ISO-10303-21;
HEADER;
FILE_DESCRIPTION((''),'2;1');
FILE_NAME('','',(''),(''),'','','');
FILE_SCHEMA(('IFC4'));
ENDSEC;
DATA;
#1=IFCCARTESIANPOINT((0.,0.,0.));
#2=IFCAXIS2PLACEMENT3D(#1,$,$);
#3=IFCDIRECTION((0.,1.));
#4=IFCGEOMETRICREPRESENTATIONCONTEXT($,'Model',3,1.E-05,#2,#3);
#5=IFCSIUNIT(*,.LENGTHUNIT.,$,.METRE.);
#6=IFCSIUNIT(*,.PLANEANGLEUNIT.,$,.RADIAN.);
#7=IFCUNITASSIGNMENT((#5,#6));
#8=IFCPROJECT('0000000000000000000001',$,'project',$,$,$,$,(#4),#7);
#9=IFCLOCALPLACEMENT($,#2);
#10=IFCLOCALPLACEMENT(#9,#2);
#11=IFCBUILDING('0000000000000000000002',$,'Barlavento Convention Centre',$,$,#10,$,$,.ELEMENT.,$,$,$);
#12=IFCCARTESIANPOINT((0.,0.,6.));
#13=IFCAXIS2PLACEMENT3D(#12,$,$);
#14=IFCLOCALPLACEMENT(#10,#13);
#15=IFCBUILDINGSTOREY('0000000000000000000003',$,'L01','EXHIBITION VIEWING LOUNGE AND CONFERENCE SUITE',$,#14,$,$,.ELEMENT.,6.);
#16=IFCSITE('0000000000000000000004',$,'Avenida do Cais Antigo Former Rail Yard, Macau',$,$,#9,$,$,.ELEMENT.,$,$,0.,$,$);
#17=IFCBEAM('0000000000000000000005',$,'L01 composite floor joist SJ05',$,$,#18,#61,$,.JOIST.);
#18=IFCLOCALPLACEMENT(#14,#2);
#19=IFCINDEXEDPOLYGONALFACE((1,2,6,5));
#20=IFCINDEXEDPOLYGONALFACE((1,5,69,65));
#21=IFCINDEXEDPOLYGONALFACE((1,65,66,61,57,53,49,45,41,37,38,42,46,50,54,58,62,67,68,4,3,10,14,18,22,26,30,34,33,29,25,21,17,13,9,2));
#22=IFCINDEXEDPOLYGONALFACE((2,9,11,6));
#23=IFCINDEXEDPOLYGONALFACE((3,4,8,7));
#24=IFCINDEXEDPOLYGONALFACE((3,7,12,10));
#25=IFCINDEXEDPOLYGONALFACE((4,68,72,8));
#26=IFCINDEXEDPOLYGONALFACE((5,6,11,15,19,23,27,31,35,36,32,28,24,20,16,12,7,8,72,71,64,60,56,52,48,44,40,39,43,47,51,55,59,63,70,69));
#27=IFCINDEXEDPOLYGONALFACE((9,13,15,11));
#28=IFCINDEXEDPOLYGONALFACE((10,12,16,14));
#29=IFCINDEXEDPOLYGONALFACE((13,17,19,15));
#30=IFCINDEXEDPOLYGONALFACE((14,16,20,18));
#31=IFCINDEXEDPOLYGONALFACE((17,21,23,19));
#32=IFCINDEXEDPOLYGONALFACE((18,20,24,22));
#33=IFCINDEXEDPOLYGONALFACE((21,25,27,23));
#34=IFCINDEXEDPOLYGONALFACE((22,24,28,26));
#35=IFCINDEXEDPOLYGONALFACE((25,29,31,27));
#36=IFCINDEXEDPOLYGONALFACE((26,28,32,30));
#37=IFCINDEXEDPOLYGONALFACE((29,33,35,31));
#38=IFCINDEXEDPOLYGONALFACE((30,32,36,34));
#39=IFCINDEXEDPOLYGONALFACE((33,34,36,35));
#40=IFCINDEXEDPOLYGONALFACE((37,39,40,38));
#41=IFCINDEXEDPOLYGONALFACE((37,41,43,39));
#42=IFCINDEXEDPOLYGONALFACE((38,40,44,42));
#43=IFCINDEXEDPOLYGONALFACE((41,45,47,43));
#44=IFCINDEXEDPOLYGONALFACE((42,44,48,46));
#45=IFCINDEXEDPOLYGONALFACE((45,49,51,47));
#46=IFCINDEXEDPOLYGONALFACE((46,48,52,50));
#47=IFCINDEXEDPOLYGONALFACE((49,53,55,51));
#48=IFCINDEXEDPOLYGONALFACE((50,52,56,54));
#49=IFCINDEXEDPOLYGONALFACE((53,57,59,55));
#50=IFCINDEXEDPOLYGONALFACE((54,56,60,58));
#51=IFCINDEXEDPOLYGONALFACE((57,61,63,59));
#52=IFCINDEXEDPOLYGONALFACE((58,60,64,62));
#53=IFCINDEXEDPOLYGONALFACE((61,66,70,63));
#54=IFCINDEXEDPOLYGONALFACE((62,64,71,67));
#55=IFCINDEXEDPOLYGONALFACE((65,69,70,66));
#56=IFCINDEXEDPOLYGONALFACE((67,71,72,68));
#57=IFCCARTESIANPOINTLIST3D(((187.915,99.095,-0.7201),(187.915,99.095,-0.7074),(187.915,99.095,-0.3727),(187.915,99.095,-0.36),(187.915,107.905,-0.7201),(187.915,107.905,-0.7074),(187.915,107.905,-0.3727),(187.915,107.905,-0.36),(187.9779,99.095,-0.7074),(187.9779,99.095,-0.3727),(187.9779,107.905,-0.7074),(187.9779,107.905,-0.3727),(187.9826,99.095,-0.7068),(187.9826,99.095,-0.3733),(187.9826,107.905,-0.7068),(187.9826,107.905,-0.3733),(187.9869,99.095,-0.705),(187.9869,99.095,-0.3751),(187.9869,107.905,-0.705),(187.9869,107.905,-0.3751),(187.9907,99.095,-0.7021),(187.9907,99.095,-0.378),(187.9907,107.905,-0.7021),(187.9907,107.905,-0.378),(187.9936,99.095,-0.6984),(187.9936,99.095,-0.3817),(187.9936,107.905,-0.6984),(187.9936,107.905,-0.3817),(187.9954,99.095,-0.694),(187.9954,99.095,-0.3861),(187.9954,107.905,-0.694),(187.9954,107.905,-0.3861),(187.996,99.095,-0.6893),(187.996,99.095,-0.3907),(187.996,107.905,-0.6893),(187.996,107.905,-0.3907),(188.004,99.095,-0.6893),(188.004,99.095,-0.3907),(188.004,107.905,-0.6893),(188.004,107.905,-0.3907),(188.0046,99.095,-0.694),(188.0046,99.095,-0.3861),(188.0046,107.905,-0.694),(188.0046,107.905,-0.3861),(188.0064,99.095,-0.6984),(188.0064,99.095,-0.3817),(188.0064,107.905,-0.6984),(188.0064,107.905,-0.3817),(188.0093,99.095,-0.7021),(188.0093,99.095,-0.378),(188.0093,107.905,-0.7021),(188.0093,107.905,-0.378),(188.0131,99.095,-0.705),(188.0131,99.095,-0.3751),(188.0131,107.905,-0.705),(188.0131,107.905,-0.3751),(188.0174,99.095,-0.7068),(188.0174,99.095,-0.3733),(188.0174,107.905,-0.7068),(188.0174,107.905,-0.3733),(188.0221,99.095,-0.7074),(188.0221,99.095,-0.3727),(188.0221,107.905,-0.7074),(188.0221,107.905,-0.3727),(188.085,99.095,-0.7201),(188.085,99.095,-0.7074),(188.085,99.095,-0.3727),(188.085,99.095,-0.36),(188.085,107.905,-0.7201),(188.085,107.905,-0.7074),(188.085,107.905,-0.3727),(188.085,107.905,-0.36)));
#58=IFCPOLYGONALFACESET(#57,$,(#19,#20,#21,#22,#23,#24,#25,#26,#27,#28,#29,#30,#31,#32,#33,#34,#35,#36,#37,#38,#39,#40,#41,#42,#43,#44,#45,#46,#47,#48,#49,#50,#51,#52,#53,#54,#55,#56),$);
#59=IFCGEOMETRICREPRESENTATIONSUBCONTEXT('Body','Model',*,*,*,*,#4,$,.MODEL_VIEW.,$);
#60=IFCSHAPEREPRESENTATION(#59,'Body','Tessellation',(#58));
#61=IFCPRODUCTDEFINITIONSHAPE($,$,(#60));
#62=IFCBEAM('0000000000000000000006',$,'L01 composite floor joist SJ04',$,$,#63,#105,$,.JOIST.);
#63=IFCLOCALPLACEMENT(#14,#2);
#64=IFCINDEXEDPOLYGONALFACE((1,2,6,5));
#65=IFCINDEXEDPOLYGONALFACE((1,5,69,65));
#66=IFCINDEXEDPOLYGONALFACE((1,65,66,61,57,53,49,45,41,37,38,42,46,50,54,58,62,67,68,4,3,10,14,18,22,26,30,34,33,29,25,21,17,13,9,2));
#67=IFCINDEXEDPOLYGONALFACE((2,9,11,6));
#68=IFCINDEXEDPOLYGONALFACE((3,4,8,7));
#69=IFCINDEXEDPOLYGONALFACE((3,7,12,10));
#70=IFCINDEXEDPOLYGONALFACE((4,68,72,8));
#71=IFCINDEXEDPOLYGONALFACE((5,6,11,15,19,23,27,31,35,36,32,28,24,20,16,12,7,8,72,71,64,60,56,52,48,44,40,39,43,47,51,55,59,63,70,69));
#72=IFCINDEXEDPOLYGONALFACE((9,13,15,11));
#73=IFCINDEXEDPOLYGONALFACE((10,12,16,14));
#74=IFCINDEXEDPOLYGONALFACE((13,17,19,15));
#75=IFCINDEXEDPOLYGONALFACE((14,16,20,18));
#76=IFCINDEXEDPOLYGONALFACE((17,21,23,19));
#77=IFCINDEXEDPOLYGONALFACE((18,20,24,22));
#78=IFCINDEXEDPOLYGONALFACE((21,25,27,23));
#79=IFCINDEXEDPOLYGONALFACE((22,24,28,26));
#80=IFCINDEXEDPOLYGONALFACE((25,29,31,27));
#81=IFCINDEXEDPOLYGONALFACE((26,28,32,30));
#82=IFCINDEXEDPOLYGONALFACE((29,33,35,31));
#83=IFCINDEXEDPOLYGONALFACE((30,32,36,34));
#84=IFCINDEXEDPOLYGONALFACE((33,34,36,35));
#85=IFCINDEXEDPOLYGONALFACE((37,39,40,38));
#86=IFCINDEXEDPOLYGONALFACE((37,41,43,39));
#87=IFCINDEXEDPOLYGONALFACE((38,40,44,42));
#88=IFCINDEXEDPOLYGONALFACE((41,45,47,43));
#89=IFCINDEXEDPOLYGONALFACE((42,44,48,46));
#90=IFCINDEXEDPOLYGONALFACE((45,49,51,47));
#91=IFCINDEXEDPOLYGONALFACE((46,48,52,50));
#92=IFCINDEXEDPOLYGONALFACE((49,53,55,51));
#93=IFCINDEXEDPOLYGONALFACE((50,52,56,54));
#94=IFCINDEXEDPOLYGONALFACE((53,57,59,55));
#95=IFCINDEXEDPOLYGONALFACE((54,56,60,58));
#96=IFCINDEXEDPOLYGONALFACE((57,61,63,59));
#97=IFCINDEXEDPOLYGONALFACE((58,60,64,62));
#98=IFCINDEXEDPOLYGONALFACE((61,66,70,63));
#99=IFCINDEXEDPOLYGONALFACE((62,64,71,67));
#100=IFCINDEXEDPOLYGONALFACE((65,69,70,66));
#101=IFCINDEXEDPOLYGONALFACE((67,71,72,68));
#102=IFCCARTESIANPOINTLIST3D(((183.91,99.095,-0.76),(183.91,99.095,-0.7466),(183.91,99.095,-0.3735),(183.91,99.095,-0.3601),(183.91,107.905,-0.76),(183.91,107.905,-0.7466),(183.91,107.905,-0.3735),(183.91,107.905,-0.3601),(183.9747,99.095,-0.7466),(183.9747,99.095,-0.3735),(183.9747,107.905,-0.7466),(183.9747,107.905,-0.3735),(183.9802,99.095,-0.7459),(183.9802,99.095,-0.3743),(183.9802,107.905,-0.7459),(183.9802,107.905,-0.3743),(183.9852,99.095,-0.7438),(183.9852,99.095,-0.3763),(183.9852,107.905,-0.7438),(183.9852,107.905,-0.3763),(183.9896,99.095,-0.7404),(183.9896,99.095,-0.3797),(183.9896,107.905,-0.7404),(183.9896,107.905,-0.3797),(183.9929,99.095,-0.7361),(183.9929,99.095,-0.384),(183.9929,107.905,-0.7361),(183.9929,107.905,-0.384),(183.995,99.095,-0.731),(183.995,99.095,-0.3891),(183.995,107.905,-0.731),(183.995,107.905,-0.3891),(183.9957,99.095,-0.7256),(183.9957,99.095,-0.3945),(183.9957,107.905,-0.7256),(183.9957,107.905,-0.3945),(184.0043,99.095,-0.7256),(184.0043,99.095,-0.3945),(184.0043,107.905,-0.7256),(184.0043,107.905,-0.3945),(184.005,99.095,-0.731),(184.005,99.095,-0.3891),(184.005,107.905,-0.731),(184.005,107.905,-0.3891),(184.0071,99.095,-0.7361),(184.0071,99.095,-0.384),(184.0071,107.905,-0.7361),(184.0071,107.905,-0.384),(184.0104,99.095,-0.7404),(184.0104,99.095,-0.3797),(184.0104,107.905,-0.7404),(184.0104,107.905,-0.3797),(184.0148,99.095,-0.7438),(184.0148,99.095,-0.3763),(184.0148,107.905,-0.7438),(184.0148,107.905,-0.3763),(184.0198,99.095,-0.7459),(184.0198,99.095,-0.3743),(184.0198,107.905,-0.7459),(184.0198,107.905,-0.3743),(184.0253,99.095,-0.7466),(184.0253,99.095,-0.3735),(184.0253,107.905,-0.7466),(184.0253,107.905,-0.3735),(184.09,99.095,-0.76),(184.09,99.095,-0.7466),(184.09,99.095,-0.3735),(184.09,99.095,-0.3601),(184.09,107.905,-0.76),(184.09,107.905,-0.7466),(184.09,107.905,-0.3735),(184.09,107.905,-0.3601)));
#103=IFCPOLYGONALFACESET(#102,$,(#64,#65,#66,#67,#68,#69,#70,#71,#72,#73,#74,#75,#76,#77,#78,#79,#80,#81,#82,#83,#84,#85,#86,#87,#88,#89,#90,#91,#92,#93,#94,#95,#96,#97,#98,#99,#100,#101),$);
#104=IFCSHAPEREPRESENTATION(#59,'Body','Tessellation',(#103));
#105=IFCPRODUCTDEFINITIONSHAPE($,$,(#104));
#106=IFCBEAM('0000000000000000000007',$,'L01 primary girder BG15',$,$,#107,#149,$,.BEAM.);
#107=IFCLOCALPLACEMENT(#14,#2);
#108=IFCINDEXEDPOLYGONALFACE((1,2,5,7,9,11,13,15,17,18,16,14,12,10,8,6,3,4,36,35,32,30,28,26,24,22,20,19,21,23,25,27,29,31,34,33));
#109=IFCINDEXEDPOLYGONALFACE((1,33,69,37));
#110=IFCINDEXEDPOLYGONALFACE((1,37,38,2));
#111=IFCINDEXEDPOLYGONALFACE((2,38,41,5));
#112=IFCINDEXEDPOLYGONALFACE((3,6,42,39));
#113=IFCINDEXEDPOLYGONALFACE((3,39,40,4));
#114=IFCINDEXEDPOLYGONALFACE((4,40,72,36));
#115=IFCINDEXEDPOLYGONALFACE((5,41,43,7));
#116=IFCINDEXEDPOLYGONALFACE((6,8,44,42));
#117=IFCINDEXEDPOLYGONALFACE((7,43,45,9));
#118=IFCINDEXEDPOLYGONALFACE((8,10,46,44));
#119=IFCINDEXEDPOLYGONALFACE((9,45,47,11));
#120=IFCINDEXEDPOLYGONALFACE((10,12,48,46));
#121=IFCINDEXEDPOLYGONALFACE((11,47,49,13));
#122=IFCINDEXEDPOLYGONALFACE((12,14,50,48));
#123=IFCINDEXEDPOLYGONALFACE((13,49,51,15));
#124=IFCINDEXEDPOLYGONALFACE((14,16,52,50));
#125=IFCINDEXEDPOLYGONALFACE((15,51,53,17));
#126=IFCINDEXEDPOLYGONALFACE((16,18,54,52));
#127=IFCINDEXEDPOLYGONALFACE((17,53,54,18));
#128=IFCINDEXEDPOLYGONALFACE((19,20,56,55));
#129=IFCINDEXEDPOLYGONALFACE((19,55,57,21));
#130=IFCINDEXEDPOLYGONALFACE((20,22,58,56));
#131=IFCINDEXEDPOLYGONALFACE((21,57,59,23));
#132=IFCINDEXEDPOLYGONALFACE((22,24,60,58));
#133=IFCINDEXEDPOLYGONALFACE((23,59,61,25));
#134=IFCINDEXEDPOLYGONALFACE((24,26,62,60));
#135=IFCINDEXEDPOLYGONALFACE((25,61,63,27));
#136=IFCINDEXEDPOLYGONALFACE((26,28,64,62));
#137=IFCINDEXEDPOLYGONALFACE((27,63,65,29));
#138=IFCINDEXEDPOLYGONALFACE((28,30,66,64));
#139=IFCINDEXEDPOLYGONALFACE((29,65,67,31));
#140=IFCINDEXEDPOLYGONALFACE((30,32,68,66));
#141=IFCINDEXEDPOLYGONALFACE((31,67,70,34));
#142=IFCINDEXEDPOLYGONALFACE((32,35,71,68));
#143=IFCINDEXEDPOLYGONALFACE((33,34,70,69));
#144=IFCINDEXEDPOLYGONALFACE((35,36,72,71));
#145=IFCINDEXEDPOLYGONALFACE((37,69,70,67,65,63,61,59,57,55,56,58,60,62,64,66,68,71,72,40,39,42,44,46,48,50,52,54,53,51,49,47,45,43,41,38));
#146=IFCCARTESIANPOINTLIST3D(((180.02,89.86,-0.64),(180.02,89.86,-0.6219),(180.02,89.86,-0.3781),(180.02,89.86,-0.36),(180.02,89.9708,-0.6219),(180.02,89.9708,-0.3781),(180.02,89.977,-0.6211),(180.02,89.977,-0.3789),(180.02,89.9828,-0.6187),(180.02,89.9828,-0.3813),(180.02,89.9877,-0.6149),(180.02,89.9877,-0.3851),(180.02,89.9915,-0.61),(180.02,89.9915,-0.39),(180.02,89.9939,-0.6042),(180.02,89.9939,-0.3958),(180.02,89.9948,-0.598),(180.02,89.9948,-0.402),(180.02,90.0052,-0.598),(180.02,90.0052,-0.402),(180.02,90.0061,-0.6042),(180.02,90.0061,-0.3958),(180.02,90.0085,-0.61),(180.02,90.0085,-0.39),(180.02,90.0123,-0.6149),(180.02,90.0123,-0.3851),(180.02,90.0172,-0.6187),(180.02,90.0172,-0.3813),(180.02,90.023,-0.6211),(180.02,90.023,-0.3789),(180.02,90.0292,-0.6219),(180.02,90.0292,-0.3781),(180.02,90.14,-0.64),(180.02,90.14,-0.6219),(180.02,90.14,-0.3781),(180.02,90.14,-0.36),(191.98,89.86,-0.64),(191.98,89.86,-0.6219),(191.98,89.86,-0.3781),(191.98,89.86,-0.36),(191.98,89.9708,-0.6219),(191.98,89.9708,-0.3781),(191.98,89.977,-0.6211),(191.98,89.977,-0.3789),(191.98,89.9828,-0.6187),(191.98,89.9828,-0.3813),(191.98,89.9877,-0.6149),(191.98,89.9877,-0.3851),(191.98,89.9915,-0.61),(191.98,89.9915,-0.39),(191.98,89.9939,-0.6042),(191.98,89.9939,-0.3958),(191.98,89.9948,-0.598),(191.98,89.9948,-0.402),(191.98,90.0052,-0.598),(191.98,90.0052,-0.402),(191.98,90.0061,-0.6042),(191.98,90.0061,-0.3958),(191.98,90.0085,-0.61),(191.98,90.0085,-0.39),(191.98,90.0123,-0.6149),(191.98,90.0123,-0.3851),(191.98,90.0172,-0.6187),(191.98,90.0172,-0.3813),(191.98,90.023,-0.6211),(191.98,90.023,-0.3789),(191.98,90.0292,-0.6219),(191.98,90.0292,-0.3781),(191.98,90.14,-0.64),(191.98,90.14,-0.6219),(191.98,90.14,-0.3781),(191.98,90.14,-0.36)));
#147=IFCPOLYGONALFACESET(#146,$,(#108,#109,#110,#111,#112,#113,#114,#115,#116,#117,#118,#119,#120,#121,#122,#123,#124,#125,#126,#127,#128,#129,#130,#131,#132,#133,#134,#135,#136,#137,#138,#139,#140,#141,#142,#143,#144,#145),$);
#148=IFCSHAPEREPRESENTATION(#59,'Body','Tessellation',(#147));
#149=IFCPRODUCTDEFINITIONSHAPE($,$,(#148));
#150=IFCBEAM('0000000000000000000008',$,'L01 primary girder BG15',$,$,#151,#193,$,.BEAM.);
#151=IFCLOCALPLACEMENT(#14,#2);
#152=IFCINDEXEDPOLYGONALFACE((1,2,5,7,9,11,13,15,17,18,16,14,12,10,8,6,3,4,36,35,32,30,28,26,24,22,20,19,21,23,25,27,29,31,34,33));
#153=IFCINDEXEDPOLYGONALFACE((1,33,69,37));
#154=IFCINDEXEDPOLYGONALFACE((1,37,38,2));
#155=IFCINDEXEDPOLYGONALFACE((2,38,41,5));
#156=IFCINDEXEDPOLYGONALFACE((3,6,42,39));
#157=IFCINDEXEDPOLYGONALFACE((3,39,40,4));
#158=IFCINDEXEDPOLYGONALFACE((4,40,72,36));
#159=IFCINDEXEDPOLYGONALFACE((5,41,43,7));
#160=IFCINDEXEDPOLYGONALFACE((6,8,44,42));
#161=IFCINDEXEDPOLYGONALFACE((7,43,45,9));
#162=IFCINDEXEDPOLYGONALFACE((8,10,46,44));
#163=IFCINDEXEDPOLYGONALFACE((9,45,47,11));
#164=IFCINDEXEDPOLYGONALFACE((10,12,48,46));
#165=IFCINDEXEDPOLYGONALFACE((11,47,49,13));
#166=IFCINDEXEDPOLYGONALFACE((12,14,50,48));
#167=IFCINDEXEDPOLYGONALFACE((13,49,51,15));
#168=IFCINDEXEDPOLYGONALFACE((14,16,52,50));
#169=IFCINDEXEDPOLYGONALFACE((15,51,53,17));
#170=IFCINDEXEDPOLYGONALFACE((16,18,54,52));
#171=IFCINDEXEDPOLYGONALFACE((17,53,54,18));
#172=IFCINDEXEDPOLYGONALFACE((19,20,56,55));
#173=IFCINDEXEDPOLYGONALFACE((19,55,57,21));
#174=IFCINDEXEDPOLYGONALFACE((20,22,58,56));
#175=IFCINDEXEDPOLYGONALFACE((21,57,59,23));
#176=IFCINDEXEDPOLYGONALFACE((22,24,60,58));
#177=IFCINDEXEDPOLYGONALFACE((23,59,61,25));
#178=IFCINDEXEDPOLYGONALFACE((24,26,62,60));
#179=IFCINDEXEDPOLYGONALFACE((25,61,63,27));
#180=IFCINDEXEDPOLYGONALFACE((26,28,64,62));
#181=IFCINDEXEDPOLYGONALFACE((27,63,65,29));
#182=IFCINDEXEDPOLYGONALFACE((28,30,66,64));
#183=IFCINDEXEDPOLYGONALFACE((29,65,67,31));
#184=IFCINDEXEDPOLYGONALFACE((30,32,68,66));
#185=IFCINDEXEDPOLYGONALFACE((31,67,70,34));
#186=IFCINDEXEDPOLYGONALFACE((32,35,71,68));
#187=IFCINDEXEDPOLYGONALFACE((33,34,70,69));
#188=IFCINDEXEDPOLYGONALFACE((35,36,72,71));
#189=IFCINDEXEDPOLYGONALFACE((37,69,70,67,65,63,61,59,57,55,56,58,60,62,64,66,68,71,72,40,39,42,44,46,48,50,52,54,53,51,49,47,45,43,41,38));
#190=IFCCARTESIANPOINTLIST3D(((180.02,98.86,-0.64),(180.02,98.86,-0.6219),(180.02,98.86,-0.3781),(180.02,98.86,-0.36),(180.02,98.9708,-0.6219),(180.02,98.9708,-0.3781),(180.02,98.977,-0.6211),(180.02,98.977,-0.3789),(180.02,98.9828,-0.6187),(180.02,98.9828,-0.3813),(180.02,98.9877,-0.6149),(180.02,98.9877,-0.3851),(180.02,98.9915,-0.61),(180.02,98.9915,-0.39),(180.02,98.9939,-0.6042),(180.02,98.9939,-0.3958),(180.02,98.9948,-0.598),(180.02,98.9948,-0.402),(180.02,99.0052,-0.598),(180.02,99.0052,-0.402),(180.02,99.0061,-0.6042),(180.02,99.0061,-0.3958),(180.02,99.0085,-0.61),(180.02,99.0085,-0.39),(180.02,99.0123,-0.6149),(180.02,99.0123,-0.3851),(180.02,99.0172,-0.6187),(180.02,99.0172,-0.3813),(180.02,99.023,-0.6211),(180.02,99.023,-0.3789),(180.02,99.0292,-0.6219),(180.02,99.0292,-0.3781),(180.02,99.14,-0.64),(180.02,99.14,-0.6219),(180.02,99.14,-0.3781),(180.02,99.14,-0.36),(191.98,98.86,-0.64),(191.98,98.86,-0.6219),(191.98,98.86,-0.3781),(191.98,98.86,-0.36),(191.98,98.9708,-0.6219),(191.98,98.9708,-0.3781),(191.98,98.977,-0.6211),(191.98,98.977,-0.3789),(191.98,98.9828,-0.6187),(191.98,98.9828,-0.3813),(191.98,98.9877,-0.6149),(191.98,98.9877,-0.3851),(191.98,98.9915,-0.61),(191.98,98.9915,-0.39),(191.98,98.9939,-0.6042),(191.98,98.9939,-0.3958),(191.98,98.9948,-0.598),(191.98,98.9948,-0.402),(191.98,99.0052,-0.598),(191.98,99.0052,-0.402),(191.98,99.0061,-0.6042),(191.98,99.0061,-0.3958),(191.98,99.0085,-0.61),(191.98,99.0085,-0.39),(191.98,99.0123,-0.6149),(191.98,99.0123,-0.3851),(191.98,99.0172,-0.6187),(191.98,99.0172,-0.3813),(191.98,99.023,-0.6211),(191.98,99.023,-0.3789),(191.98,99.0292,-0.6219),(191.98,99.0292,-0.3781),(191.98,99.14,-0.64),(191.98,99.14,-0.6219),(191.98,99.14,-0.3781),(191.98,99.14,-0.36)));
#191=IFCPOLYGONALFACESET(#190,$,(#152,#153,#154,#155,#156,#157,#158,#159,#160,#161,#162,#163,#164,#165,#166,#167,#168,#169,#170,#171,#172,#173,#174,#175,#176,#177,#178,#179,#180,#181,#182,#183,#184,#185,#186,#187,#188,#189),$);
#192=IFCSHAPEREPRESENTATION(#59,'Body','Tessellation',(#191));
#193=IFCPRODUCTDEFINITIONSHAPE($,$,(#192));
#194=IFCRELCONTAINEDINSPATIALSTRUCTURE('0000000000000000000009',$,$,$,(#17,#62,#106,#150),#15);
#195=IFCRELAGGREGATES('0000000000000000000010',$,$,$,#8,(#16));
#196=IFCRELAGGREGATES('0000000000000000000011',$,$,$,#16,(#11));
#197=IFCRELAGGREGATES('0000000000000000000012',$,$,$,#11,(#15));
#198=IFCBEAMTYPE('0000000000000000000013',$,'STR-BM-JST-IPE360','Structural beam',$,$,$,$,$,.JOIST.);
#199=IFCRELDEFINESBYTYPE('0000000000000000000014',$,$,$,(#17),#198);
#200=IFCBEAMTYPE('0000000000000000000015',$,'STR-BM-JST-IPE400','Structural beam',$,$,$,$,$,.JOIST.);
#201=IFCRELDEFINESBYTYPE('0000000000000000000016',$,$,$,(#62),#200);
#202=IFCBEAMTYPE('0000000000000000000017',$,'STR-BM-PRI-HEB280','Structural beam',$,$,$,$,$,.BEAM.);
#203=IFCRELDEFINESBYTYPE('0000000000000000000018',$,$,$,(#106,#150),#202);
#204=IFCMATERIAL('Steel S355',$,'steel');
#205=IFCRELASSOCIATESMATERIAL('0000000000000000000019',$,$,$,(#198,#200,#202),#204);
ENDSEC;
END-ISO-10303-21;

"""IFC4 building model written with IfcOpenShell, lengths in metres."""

from ifc_helpers import new_model, si_unit, direction, frame, origin, origin_2d, place, context, subcontext, project, spatial, i_section, extrude, material, material_profile, profile_set, type_object, element, save


model = new_model("IFC4")

# Units and contexts
model_context = context("Model", 3, precision=1e-05, world=origin(), true_north=direction((0.0, 1.0)))
body_context = subcontext(model_context, "Body", "Model", "MODEL_VIEW")
ifc_project = project(units=[si_unit("LENGTHUNIT", "METRE"), si_unit("PLANEANGLEUNIT", "RADIAN")], contexts=[model_context])

# Site, building, storey
site_placement = place(None, origin())
site = spatial("IfcSite", under=ifc_project, at=site_placement, Name="Avenida do Cais Antigo Former Rail Yard, Macau", CompositionType="ELEMENT", RefElevation=0.0)
building_placement = place(site_placement, origin())
building = spatial("IfcBuilding", under=site, at=building_placement, Name="Barlavento Convention Centre", CompositionType="ELEMENT")
storey_placement = place(building_placement, frame((0.0, 0.0, 6.0)))
storey = spatial("IfcBuildingStorey", under=building, at=storey_placement, Name="L01", Description="EXHIBITION VIEWING LOUNGE AND CONFERENCE SUITE", CompositionType="ELEMENT", Elevation=6.0)

# Beams
ifc_material_1 = material(Name="Steel S355", Category="steel")
ifc_material_profile_1 = material_profile(ifc_material_1, i_section(OverallWidth=0.1699, OverallDepth=0.3601, WebThickness=0.0081, FlangeThickness=0.0127, FilletRadius=0.0181, at=origin_2d()), Name="IPE 360")
ifc_profile_set_1 = profile_set([ifc_material_profile_1], Name="Steel S355")
beam_type_1 = type_object("IfcBeamType", Name="STR-BM-JST-IPE360", Description="Structural beam", PredefinedType="JOIST", material=ifc_profile_set_1)
beam_1_placement = place(storey_placement, frame((188.0, 99.095, -0.54), z_axis=(0.0, 1.0, 0.0), x_axis=(-1.0, 0.0, 0.0)))
element("IfcBeam", 1, at=beam_1_placement, inside=storey, type_object=beam_type_1, Name="L01 composite floor joist SJ05", PredefinedType="JOIST", context=body_context, shape_type="SweptSolid", body=[
    extrude(i_section(OverallWidth=0.1699, OverallDepth=0.3601, WebThickness=0.0081, FlangeThickness=0.0127, FilletRadius=0.0181, at=origin_2d()), origin(), (0.0, 0.0, 1.0), 8.8101),
])
ifc_material_profile_2 = material_profile(ifc_material_1, i_section(OverallWidth=0.1799, OverallDepth=0.3999, WebThickness=0.0085, FlangeThickness=0.0134, FilletRadius=0.021, at=origin_2d()), Name="IPE 400")
ifc_profile_set_2 = profile_set([ifc_material_profile_2], Name="Steel S355")
beam_type_2 = type_object("IfcBeamType", Name="STR-BM-JST-IPE400", Description="Structural beam", PredefinedType="JOIST", material=ifc_profile_set_2)
beam_2_placement = place(storey_placement, frame((184.0, 99.095, -0.5601), z_axis=(0.0, 1.0, 0.0), x_axis=(-1.0, 0.0, 0.0)))
element("IfcBeam", 2, at=beam_2_placement, inside=storey, type_object=beam_type_2, Name="L01 composite floor joist SJ04", PredefinedType="JOIST", context=body_context, shape_type="SweptSolid", body=[
    extrude(i_section(OverallWidth=0.1799, OverallDepth=0.3999, WebThickness=0.0085, FlangeThickness=0.0134, FilletRadius=0.021, at=origin_2d()), origin(), (0.0, 0.0, 1.0), 8.8101),
])
ifc_material_profile_3 = material_profile(ifc_material_1, i_section(OverallWidth=0.28, OverallDepth=0.28, WebThickness=0.0105, FlangeThickness=0.0181, FilletRadius=0.0239, at=origin_2d()), Name="HEB 280")
ifc_profile_set_3 = profile_set([ifc_material_profile_3], Name="Steel S355")
beam_type_3 = type_object("IfcBeamType", Name="STR-BM-PRI-HEB280", Description="Structural beam", PredefinedType="BEAM", material=ifc_profile_set_3)
for number, where, z_axis, x_axis, name in (
    (3, (180.02, 90.0, -0.5), (1.0, 0.0, 0.0), (0.0, 1.0, 0.0), "L01 primary girder BG15"),
    (4, (180.02, 99.0, -0.5), (1.0, 0.0, 0.0), (0.0, 1.0, 0.0), "L01 primary girder BG15"),
):
    element("IfcBeam", number, at=place(storey_placement, frame(where, z_axis=z_axis, x_axis=x_axis)), inside=storey, type_object=beam_type_3, Name=name, PredefinedType="BEAM", context=body_context, shape_type="SweptSolid", body=[
        extrude(i_section(OverallWidth=0.28, OverallDepth=0.28, WebThickness=0.0105, FlangeThickness=0.0181, FilletRadius=0.0239, at=origin_2d()), origin(), (0.0, 0.0, 1.0), 11.96),
    ])

save(model, "model.ifc")
